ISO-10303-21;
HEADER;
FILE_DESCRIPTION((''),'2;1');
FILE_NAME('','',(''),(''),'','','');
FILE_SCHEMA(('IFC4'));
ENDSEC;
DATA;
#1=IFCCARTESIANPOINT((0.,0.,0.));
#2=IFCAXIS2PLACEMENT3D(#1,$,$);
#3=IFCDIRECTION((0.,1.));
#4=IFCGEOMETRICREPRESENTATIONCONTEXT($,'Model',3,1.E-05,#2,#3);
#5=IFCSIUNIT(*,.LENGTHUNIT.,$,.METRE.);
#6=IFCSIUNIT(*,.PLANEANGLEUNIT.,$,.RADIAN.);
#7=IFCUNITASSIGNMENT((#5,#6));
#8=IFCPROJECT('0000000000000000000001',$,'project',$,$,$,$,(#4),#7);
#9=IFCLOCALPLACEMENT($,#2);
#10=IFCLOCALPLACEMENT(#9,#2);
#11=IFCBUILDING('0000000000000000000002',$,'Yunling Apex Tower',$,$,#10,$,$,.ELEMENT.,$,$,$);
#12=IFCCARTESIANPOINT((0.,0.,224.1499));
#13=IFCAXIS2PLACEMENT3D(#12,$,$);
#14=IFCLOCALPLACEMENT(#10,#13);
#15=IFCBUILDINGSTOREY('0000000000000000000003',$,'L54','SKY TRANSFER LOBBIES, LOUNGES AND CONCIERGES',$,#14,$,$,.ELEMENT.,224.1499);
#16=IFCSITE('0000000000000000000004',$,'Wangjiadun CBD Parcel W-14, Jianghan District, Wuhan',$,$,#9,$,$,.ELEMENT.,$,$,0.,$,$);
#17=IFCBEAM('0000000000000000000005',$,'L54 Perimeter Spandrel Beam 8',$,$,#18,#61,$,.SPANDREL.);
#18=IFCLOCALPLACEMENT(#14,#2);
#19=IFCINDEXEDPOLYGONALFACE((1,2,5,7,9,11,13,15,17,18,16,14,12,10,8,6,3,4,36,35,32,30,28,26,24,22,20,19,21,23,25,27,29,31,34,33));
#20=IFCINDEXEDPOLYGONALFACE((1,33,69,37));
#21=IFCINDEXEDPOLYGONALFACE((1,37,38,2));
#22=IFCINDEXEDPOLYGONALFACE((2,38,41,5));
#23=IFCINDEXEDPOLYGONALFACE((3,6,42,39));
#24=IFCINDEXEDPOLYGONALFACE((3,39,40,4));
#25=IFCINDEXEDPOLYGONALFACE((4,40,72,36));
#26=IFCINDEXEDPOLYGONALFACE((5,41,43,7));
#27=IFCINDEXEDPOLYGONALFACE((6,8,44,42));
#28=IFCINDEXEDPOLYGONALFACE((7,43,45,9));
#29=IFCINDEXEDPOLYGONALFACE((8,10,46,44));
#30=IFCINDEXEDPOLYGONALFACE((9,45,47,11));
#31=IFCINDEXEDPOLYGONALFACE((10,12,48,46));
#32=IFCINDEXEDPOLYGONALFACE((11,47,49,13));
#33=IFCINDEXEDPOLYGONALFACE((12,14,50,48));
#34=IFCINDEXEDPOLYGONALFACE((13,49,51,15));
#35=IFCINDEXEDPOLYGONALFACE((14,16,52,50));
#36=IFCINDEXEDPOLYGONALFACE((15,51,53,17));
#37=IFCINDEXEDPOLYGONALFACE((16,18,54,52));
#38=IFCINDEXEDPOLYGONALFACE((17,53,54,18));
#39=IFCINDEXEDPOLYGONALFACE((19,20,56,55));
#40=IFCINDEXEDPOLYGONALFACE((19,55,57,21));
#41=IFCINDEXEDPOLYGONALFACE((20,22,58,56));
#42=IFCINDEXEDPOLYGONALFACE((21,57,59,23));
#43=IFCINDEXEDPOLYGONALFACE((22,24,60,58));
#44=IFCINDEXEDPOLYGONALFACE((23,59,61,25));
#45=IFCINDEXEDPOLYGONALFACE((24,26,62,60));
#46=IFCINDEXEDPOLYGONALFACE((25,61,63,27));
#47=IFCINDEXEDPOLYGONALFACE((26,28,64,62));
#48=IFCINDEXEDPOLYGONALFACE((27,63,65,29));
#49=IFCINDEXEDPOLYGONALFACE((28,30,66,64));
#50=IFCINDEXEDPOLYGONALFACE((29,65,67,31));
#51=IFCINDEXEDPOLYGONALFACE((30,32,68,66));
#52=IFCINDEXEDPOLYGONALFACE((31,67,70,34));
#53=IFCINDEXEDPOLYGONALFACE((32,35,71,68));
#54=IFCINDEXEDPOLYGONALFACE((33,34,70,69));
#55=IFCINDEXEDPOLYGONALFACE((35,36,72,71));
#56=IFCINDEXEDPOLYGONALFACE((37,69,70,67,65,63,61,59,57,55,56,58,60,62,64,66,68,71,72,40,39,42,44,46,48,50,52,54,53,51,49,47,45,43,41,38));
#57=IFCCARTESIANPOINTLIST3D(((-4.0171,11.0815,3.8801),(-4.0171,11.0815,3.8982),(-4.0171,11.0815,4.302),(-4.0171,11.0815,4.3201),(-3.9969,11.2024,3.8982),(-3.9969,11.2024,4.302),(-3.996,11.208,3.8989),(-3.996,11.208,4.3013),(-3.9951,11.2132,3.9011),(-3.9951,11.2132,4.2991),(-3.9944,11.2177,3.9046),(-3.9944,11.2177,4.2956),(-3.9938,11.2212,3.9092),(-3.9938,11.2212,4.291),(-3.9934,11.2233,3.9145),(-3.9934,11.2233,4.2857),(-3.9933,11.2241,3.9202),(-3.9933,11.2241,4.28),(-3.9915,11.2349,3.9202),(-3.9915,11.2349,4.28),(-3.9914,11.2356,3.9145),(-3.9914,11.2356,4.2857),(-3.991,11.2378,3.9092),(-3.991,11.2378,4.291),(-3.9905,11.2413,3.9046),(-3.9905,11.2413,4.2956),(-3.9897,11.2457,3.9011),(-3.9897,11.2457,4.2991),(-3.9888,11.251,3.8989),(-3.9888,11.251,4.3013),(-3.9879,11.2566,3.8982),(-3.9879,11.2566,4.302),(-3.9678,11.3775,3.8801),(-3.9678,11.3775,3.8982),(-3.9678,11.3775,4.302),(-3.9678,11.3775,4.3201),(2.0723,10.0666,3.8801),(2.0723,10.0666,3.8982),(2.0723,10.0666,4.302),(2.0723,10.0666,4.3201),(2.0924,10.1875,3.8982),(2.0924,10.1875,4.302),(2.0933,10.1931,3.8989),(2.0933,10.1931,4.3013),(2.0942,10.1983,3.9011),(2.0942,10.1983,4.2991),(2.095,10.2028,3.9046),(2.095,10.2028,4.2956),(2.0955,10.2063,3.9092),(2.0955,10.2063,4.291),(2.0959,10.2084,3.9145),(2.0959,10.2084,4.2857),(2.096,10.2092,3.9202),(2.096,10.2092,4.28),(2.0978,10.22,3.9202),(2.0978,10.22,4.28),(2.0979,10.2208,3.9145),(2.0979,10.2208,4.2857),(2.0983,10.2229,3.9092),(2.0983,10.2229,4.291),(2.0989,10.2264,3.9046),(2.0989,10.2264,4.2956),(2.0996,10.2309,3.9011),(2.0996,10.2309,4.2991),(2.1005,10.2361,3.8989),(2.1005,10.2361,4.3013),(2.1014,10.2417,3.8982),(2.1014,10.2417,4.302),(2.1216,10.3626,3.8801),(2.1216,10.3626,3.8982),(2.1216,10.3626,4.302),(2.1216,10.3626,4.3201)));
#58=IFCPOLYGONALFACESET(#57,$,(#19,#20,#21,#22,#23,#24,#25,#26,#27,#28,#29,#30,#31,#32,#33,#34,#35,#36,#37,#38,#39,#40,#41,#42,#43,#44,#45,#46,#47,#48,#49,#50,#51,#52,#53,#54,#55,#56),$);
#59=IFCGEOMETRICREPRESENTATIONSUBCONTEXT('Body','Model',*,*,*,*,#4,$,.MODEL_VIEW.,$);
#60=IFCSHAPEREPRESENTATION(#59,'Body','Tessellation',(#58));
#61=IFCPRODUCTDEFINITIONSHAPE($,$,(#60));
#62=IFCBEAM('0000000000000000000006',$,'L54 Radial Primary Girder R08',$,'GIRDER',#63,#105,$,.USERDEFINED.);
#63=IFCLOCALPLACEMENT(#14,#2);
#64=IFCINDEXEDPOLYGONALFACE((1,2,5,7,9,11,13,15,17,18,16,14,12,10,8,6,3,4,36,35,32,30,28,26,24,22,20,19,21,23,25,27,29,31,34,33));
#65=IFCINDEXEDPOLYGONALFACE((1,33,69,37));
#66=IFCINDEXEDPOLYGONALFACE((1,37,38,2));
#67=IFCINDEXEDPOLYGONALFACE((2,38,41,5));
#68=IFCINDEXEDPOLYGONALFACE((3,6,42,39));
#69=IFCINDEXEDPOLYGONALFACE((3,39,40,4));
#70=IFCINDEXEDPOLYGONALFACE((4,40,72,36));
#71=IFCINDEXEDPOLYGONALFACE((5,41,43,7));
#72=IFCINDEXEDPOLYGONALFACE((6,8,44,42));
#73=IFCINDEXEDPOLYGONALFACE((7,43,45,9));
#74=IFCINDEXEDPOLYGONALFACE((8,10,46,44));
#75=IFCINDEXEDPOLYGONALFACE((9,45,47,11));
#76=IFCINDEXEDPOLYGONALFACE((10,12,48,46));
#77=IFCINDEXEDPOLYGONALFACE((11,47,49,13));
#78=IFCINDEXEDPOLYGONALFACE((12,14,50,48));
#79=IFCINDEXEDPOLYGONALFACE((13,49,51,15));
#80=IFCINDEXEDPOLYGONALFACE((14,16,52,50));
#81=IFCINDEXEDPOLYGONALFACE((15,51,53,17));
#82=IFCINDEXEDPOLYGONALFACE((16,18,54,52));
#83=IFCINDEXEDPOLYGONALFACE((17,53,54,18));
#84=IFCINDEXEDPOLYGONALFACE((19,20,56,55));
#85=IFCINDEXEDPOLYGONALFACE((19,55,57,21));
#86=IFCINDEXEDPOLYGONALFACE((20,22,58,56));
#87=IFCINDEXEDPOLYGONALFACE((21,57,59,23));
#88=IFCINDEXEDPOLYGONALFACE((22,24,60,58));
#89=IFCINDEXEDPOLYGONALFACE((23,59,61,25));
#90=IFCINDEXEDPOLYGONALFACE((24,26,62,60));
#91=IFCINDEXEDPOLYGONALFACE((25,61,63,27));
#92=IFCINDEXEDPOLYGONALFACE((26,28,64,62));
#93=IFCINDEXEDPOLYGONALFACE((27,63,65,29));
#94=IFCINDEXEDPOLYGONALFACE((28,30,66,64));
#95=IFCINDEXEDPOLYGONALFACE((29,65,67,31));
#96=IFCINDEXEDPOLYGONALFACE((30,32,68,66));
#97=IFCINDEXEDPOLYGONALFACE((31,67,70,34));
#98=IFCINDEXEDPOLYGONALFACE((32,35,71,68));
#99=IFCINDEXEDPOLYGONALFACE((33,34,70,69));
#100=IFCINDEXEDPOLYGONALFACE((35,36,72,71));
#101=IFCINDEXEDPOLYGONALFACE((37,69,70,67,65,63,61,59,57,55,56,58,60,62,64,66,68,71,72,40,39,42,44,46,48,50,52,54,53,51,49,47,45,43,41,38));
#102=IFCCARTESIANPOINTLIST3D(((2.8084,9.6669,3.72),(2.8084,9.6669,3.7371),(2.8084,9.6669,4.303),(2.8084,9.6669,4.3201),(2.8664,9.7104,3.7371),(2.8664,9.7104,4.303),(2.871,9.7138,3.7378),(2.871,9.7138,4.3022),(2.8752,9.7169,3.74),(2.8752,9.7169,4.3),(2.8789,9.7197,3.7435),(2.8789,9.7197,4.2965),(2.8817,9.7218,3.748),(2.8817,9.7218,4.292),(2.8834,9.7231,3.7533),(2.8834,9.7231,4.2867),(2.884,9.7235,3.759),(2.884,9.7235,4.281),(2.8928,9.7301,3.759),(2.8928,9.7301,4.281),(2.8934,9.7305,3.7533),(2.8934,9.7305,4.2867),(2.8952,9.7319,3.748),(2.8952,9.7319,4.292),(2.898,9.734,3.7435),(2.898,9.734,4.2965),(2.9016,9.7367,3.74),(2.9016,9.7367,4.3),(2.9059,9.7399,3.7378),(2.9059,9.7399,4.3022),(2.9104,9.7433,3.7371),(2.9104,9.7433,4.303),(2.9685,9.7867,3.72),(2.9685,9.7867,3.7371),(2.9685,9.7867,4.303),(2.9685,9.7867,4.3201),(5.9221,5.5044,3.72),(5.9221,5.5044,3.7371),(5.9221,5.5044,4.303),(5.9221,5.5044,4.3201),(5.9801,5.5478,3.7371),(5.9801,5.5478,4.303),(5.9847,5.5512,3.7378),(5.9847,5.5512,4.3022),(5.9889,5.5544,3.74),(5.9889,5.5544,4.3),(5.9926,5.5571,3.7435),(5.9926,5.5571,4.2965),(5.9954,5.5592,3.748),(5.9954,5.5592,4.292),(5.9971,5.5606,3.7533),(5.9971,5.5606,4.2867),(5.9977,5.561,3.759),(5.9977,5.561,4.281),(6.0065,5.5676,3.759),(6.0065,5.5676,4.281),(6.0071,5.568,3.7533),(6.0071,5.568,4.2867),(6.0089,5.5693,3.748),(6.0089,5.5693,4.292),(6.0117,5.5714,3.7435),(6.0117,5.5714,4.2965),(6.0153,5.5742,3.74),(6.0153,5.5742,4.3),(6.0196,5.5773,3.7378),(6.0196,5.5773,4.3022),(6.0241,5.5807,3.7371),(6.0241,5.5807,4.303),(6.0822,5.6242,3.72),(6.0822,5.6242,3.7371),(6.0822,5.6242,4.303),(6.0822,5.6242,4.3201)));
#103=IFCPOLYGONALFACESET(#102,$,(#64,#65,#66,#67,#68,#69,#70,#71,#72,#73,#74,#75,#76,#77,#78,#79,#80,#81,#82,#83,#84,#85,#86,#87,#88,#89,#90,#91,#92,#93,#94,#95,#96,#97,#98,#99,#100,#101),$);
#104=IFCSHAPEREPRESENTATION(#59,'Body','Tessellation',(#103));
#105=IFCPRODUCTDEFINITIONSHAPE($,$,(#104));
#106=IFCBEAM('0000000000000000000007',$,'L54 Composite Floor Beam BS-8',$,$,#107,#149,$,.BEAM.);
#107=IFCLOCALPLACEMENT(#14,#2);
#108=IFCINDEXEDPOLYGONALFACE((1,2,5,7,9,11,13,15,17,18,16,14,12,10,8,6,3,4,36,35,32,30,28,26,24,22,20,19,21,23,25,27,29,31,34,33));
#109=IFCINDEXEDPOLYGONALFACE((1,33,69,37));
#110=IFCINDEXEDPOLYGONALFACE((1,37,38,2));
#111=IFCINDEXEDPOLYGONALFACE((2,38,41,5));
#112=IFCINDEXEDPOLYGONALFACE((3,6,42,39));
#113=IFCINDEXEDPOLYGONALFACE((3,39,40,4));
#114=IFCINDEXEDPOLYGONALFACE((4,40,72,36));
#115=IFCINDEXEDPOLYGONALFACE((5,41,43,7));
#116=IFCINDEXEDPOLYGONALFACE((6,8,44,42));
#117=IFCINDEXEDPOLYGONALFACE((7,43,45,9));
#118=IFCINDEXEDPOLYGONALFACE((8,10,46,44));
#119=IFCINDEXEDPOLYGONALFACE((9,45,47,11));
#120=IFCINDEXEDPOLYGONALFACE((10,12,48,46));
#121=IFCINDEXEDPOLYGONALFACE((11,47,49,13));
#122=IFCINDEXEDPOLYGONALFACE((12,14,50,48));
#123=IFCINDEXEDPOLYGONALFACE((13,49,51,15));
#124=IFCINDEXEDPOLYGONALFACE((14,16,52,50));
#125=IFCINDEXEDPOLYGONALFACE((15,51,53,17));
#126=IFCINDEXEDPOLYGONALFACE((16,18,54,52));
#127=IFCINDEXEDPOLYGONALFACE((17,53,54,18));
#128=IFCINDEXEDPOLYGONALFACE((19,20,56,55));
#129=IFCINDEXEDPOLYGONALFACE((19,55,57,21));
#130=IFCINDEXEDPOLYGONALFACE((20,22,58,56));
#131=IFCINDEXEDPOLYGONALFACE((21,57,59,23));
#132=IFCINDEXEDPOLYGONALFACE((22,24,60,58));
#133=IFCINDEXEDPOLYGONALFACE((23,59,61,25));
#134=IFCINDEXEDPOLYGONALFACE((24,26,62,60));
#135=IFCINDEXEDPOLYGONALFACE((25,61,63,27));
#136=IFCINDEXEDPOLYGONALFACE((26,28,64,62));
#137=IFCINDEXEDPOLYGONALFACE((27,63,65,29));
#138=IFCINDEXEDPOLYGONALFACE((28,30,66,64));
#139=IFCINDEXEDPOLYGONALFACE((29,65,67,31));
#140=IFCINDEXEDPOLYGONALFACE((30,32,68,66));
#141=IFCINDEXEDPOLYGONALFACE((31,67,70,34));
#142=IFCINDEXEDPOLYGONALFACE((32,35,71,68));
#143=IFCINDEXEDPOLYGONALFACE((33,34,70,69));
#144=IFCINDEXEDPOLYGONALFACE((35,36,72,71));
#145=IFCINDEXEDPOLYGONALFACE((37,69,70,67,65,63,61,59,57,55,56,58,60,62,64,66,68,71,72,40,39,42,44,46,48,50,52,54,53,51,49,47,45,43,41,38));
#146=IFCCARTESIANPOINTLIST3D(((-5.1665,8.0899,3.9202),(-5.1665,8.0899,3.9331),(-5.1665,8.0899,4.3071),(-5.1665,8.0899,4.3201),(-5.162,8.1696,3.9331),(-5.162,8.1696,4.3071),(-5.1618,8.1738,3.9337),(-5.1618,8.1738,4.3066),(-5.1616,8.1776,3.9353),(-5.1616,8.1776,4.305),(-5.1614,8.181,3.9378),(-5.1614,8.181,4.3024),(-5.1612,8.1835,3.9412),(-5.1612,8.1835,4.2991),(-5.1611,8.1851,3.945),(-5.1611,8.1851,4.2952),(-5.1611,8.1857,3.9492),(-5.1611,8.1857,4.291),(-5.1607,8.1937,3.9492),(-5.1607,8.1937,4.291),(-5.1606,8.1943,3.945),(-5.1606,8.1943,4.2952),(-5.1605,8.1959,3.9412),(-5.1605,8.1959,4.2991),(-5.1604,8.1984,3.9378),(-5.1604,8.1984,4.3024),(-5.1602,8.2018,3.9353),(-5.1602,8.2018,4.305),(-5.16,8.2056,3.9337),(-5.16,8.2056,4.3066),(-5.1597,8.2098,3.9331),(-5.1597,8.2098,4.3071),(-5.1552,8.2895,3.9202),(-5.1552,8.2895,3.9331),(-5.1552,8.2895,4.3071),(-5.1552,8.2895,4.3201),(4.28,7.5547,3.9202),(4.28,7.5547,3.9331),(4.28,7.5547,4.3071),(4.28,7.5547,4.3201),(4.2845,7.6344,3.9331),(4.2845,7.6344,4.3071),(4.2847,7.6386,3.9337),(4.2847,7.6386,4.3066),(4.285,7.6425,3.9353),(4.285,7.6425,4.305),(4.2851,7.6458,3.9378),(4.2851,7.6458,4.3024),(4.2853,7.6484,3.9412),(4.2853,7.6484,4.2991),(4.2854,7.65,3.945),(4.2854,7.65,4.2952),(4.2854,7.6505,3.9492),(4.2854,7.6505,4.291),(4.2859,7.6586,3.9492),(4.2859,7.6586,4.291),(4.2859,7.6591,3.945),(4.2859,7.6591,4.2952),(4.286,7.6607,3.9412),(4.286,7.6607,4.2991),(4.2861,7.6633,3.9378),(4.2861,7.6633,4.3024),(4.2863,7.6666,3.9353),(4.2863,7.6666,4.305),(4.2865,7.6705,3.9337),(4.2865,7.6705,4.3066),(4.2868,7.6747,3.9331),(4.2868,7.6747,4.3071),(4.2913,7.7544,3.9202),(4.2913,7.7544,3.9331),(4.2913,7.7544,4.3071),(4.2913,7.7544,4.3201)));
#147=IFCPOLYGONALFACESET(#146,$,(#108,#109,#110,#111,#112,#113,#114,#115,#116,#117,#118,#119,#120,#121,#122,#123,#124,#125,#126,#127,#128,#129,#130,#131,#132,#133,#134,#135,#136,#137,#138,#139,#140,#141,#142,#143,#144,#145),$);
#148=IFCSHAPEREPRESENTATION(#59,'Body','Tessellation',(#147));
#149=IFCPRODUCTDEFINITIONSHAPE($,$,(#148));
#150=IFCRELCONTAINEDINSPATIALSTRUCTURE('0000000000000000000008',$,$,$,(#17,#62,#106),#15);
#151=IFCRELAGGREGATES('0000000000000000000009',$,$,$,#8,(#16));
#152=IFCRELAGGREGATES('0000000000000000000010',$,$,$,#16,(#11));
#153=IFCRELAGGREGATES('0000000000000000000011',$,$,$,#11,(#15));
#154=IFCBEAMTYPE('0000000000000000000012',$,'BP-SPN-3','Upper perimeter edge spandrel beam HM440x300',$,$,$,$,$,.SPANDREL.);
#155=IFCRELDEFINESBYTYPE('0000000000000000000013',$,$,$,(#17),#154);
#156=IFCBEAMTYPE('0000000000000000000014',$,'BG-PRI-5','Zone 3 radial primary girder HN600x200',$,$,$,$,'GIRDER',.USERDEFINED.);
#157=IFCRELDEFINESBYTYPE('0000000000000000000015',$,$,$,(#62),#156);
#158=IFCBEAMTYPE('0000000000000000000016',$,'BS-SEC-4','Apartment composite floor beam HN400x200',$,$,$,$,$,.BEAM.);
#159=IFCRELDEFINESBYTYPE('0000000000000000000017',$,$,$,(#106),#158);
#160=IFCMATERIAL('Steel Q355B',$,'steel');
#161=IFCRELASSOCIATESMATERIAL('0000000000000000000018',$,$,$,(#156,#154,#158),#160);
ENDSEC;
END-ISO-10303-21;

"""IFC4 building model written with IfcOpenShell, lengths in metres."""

from ifc_helpers import new_model, si_unit, direction, frame, origin, origin_2d, place, context, subcontext, project, spatial, i_section, extrude, source, transform, mapped, material, material_profile, profile_set, type_object, element, save


model = new_model("IFC4")

# Units and contexts
model_context = context("Model", 3, precision=1e-05, world=origin(), true_north=direction((0.0, 1.0)))
body_context = subcontext(model_context, "Body", "Model", "MODEL_VIEW")
ifc_project = project(units=[si_unit("LENGTHUNIT", "METRE"), si_unit("PLANEANGLEUNIT", "RADIAN")], contexts=[model_context])

# Site, building, storey
site_placement = place(None, origin())
site = spatial("IfcSite", under=ifc_project, at=site_placement, Name="Wangjiadun CBD Parcel W-14, Jianghan District, Wuhan", CompositionType="ELEMENT", RefElevation=0.0)
building_placement = place(site_placement, origin())
building = spatial("IfcBuilding", under=site, at=building_placement, Name="Yunling Apex Tower", CompositionType="ELEMENT")
storey_placement = place(building_placement, frame((0.0, 0.0, 224.1499)))
storey = spatial("IfcBuildingStorey", under=building, at=storey_placement, Name="L54", Description="SKY TRANSFER LOBBIES, LOUNGES AND CONCIERGES", CompositionType="ELEMENT", Elevation=224.1499)

# Beams
ifc_material_1 = material(Name="Steel Q355B", Category="steel")
ifc_material_profile_1 = material_profile(ifc_material_1, i_section(OverallWidth=0.2, OverallDepth=0.6001, WebThickness=0.011, FlangeThickness=0.0171, FilletRadius=0.022, at=origin_2d()))
ifc_profile_set_1 = profile_set([ifc_material_profile_1], Name="Steel Q355B")
beam_type_1 = type_object("IfcBeamType", Name="BG-PRI-5", Description="Zone 3 radial primary girder HN600x200", ElementType="GIRDER", PredefinedType="USERDEFINED", material=ifc_profile_set_1)
ifc_material_profile_2 = material_profile(ifc_material_1, i_section(OverallWidth=0.3, OverallDepth=0.4399, WebThickness=0.011, FlangeThickness=0.0181, FilletRadius=0.022, at=origin_2d()))
ifc_profile_set_2 = profile_set([ifc_material_profile_2], Name="Steel Q355B")
beam_type_2 = type_object("IfcBeamType", Name="BP-SPN-3", Description="Upper perimeter edge spandrel beam HM440x300", PredefinedType="SPANDREL", material=ifc_profile_set_2)
shared_shape_1 = source(origin(), body_context, "Body", "SweptSolid", [
    extrude(i_section(OverallWidth=0.3, OverallDepth=0.4399, WebThickness=0.011, FlangeThickness=0.0181, FilletRadius=0.022, at=origin_2d()), origin(), (0.0, 0.0, 1.0), 6.1733),
])
beam_1_placement = place(storey_placement, frame((2.0969, 10.2146, 4.1001), z_axis=(-0.986394, 0.164399, 0.0), x_axis=(-0.164399, -0.986394, 0.0)))
element("IfcBeam", 1, at=beam_1_placement, inside=storey, type_object=beam_type_2, Name="L54 Perimeter Spandrel Beam 8", PredefinedType="SPANDREL", context=body_context, shape_type="MappedRepresentation", body=[
    mapped(shared_shape_1, transform((0.0, 0.0, 0.0), scale=1.0)),
])
shared_shape_2 = source(origin(), body_context, "Body", "SweptSolid", [
    extrude(i_section(OverallWidth=0.2, OverallDepth=0.6001, WebThickness=0.011, FlangeThickness=0.0171, FilletRadius=0.022, at=origin_2d()), origin(), (0.0, 0.0, 1.0), 5.1982),
])
beam_2_placement = place(storey_placement, frame((2.8884, 9.7268, 4.02), z_axis=(0.598993, -0.800755, 0.0), x_axis=(0.800755, 0.598993, 0.0)))
element("IfcBeam", 2, at=beam_2_placement, inside=storey, type_object=beam_type_1, Name="L54 Radial Primary Girder R08", ObjectType="GIRDER", PredefinedType="USERDEFINED", context=body_context, shape_type="MappedRepresentation", body=[
    mapped(shared_shape_2, transform((0.0, 0.0, 0.0), scale=1.0)),
])
ifc_material_profile_3 = material_profile(ifc_material_1, i_section(OverallWidth=0.2, OverallDepth=0.3999, WebThickness=0.0081, FlangeThickness=0.0129, FilletRadius=0.0161, at=origin_2d()))
ifc_profile_set_3 = profile_set([ifc_material_profile_3], Name="Steel Q355B")
beam_type_3 = type_object("IfcBeamType", Name="BS-SEC-4", Description="Apartment composite floor beam HN400x200", PredefinedType="BEAM", material=ifc_profile_set_3)
shared_shape_3 = source(origin(), body_context, "Body", "SweptSolid", [
    extrude(i_section(OverallWidth=0.2, OverallDepth=0.3999, WebThickness=0.0081, FlangeThickness=0.0129, FilletRadius=0.0161, at=origin_2d()), origin(), (0.0, 0.0, 1.0), 9.4617),
])
beam_3_placement = place(storey_placement, frame((4.2856, 7.6545, 4.1201), z_axis=(-0.998399, 0.05656, 0.0), x_axis=(-0.05656, -0.998399, 0.0)))
element("IfcBeam", 3, at=beam_3_placement, inside=storey, type_object=beam_type_3, Name="L54 Composite Floor Beam BS-8", PredefinedType="BEAM", context=body_context, shape_type="MappedRepresentation", body=[
    mapped(shared_shape_3, transform((0.0, 0.0, 0.0), scale=1.0)),
])

save(model, "model.ifc")
